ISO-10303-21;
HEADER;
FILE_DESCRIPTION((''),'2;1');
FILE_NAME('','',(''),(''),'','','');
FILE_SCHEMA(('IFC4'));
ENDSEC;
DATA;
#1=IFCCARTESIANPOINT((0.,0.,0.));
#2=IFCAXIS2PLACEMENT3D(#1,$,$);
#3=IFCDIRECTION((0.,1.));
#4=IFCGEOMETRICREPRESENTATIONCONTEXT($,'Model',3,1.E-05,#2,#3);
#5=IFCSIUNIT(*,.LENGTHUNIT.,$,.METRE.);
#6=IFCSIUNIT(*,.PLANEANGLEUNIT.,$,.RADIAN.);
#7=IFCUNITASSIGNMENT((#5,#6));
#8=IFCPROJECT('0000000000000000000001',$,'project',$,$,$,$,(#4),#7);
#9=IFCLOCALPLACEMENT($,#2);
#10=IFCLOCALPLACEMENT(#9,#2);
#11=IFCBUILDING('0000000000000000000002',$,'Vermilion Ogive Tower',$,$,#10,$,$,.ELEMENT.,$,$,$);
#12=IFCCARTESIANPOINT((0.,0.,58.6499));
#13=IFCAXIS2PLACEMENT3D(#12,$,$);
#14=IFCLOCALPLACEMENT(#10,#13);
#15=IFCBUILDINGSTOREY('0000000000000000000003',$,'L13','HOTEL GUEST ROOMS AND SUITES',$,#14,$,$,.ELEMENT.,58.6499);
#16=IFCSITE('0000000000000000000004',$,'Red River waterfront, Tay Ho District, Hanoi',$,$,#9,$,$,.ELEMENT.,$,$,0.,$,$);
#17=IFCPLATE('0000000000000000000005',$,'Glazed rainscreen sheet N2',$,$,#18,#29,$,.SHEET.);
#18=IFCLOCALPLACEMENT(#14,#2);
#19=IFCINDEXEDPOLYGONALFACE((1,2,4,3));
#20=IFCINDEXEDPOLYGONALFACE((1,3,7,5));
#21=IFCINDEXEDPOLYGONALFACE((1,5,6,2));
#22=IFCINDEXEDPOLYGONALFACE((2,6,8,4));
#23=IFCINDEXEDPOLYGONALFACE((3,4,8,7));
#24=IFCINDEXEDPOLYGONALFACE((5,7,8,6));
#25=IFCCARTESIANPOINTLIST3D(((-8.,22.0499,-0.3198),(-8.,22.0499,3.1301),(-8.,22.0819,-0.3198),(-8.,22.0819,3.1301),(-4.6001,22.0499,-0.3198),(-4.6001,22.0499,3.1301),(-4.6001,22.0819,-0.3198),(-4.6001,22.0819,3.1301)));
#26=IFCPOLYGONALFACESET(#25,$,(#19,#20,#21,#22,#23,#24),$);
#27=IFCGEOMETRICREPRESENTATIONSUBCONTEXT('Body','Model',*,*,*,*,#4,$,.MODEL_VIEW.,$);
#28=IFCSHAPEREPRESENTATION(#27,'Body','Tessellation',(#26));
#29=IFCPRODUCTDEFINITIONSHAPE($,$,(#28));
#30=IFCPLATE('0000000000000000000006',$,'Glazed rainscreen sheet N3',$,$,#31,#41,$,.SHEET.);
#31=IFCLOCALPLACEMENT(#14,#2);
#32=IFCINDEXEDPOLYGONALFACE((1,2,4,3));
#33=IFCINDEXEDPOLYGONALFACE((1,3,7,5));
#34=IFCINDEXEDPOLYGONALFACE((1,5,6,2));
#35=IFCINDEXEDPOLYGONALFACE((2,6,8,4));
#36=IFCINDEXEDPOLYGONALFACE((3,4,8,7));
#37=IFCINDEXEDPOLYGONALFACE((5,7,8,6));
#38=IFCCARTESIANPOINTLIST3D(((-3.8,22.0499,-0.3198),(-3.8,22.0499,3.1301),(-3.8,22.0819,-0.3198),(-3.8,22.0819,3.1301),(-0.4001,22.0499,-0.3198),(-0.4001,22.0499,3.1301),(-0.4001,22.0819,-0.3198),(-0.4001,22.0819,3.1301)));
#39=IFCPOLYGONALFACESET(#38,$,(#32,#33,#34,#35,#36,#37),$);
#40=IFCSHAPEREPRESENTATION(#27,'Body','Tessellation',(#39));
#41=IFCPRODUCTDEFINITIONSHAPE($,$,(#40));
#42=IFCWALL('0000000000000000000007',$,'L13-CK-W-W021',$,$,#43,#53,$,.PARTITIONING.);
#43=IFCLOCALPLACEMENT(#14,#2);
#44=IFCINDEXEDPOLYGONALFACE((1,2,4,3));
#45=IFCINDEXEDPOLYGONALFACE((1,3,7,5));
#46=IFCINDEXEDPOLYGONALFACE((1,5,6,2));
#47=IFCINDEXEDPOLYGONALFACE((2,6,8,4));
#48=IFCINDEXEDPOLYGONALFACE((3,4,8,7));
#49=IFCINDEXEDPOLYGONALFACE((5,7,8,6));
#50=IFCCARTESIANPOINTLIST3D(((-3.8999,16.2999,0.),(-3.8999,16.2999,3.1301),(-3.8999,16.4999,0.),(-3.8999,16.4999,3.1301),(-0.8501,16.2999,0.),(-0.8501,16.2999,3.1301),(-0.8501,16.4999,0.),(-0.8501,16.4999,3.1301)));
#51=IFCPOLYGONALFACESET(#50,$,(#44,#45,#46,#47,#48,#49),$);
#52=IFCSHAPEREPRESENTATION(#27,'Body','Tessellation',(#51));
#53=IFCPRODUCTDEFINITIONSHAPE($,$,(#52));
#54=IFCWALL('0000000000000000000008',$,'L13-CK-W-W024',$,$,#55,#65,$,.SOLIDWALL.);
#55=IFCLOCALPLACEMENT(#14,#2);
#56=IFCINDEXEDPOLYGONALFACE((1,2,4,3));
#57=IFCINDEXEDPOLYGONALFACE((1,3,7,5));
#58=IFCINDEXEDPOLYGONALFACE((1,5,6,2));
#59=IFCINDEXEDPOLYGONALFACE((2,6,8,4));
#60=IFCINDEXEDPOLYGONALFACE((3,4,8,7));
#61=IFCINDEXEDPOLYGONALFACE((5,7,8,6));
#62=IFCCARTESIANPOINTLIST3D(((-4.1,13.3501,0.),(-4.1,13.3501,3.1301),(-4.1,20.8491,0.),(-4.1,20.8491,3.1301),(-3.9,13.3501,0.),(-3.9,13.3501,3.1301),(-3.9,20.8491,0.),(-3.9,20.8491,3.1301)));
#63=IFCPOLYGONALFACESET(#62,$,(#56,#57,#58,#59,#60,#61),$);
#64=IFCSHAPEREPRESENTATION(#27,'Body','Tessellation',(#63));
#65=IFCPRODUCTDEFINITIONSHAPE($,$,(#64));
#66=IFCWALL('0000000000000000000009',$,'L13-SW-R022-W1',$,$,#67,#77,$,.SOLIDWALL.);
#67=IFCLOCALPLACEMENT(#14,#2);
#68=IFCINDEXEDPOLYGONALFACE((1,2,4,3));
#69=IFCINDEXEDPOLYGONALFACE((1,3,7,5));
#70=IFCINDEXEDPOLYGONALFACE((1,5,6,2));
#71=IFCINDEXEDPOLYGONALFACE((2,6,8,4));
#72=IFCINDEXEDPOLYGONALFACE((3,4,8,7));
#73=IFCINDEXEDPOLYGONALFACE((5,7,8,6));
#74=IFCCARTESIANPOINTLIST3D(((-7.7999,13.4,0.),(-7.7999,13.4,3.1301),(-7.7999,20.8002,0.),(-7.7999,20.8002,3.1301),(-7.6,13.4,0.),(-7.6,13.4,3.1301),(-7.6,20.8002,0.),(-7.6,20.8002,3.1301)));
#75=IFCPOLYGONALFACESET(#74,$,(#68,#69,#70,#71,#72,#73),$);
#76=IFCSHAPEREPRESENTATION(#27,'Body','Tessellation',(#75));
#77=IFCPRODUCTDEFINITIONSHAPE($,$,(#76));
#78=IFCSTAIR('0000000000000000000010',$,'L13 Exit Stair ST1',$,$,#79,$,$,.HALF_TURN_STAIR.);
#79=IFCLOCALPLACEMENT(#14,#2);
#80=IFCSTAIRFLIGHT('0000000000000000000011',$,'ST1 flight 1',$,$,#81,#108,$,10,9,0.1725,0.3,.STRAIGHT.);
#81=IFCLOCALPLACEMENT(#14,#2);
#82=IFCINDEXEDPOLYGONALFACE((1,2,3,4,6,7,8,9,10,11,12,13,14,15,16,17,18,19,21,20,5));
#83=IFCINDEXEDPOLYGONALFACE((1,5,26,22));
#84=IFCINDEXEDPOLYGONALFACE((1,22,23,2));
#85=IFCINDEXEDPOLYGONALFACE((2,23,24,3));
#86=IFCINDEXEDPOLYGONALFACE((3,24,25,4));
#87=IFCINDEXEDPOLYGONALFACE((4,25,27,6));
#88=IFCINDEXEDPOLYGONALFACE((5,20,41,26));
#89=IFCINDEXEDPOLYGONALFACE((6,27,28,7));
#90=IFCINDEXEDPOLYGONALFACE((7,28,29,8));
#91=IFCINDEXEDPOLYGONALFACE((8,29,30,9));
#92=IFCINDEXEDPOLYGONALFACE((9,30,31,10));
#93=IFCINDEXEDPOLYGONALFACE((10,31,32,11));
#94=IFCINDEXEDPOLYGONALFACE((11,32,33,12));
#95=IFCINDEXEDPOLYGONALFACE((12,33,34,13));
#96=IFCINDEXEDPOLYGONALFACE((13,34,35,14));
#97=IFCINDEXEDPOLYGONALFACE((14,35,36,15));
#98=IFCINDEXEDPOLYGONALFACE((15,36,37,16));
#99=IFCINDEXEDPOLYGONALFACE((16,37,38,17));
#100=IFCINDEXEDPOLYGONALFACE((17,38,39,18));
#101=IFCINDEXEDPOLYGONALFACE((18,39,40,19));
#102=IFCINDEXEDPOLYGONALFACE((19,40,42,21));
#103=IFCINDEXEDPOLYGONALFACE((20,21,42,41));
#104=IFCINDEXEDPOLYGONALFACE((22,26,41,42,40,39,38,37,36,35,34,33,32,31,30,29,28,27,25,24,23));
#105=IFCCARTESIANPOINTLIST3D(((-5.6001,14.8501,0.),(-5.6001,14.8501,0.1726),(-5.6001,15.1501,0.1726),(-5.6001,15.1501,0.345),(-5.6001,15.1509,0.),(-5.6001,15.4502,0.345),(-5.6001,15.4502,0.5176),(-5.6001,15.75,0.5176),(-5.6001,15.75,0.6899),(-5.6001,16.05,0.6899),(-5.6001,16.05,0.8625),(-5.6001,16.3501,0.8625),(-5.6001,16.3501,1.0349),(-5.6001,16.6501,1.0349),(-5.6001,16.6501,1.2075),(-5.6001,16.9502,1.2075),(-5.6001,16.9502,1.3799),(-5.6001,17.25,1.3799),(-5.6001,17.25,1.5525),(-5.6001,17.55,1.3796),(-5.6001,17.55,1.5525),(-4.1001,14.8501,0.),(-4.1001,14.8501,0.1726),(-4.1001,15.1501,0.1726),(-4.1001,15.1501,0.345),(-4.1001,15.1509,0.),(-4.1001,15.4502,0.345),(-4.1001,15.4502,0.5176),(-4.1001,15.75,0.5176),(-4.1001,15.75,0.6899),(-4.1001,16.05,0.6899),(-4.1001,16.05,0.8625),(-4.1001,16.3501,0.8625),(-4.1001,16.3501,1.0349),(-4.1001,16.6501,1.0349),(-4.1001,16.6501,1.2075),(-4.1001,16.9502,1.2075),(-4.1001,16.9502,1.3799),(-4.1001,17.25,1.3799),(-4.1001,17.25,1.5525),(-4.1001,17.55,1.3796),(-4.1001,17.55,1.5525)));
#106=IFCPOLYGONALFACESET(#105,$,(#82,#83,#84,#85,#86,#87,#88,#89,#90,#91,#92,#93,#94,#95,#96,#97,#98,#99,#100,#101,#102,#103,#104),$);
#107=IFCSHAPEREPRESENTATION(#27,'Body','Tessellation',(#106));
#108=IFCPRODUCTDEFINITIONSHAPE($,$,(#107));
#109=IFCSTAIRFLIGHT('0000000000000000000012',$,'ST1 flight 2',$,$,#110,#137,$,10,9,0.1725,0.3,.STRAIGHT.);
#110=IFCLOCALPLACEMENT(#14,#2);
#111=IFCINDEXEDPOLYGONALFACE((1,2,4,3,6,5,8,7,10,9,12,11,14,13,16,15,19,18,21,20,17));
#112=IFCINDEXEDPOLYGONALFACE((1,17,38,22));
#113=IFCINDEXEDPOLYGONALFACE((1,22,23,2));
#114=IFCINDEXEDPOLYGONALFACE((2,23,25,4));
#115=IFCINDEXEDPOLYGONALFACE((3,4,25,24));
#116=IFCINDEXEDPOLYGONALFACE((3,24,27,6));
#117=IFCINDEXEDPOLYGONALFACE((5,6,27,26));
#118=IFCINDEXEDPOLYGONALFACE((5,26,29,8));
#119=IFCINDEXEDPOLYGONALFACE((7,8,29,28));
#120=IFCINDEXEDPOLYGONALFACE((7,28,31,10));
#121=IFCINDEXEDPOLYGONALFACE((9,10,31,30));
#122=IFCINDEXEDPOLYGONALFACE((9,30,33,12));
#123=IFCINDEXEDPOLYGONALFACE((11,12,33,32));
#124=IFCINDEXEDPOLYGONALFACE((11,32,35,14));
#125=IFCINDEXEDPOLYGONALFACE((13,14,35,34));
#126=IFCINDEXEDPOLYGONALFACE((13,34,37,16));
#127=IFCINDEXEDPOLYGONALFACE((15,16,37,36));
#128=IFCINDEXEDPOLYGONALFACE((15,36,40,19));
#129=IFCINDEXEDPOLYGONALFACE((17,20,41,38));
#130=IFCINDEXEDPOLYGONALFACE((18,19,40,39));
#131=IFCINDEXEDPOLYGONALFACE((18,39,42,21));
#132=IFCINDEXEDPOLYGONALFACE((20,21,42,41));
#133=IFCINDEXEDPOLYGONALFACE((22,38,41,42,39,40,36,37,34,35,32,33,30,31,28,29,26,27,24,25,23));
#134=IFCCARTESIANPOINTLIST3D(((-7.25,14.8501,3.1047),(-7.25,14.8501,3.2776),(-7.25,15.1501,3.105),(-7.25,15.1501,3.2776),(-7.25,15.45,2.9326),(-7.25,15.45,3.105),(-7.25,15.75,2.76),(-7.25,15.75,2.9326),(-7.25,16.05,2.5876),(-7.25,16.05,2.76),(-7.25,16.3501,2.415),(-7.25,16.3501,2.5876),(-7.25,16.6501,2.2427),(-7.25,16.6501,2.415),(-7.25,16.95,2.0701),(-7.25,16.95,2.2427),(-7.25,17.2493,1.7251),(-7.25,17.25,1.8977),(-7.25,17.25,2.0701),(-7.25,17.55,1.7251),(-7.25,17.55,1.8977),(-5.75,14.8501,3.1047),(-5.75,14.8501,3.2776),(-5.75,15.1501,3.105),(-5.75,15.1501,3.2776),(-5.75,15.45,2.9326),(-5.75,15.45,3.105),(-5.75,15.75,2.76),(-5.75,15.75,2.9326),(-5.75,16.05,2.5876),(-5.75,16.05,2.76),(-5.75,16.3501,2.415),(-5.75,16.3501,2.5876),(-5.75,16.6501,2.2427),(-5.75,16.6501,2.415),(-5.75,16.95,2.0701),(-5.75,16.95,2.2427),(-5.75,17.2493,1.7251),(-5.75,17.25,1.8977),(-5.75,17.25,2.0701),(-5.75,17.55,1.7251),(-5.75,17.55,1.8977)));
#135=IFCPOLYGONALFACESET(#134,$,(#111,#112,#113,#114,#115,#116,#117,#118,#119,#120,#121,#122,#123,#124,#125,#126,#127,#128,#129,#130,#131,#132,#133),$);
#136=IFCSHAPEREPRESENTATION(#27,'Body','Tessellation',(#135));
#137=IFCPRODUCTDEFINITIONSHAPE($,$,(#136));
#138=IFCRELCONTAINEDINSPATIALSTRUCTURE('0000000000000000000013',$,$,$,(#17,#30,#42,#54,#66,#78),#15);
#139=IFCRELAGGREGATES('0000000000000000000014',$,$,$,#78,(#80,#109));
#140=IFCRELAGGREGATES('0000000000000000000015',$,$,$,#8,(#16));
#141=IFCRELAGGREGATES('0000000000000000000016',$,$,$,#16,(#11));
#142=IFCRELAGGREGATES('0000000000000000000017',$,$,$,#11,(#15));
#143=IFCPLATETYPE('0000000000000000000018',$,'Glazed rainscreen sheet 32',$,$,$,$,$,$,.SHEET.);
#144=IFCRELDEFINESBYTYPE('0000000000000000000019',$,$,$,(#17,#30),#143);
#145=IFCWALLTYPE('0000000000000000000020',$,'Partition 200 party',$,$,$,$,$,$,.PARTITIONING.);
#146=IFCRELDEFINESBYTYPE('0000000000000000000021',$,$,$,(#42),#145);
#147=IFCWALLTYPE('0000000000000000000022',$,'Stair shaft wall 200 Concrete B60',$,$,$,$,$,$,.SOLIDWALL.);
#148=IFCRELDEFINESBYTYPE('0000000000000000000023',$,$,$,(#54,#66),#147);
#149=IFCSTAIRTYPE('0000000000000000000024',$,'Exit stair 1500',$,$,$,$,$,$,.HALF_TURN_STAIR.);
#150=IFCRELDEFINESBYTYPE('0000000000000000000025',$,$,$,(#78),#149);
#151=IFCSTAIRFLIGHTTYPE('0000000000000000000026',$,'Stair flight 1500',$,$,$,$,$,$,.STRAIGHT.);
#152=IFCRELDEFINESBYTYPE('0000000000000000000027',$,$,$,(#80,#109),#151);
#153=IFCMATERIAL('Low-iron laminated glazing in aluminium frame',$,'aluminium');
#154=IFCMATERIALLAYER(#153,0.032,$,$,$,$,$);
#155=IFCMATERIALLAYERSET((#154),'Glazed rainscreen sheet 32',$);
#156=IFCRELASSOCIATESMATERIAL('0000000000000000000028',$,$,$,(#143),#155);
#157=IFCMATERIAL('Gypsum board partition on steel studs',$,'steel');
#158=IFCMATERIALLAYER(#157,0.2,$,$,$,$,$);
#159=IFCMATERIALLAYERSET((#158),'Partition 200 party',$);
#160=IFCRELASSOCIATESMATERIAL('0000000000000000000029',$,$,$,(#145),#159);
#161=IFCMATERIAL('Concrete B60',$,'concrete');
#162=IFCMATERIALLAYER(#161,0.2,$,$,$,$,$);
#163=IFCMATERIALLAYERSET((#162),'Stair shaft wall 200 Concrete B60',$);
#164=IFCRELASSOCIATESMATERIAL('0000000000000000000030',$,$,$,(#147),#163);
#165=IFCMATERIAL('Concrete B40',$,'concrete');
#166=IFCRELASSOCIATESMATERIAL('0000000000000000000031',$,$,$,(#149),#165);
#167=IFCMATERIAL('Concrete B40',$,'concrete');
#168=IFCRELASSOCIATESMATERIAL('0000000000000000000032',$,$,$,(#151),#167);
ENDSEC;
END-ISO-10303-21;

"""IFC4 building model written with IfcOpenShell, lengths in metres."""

from ifc_helpers import new_model, si_unit, direction, frame, frame_2d, origin, origin_2d, place, context, subcontext, project, spatial, polyline, rectangle, outline, extrude, material, layer, layer_set, type_object, element, aggregate, save


model = new_model("IFC4")

# Units and contexts
model_context = context("Model", 3, precision=1e-05, world=origin(), true_north=direction((0.0, 1.0)))
body_context = subcontext(model_context, "Body", "Model", "MODEL_VIEW")
ifc_project = project(units=[si_unit("LENGTHUNIT", "METRE"), si_unit("PLANEANGLEUNIT", "RADIAN")], contexts=[model_context])

# Site, building, storey
site_placement = place(None, origin())
site = spatial("IfcSite", under=ifc_project, at=site_placement, Name="Red River waterfront, Tay Ho District, Hanoi", CompositionType="ELEMENT", RefElevation=0.0)
building_placement = place(site_placement, origin())
building = spatial("IfcBuilding", under=site, at=building_placement, Name="Vermilion Ogive Tower", CompositionType="ELEMENT")
storey_placement = place(building_placement, frame((0.0, 0.0, 58.6499)))
storey = spatial("IfcBuildingStorey", under=building, at=storey_placement, Name="L13", Description="HOTEL GUEST ROOMS AND SUITES", CompositionType="ELEMENT", Elevation=58.6499)

# Plates
ifc_material_1 = material(Name="Low-iron laminated glazing in aluminium frame", Category="aluminium")
ifc_layer_1 = layer(ifc_material_1, 0.032)
ifc_layer_set_1 = layer_set([ifc_layer_1], Name="Glazed rainscreen sheet 32")
plate_type = type_object("IfcPlateType", Name="Glazed rainscreen sheet 32", PredefinedType="SHEET", material=ifc_layer_set_1)
for number, where, z_axis, x_axis, name in (
    (1, (-6.3, 22.0659, -0.3198), (0.0, 0.0, 1.0), (1.0, 0.0, 0.0), "Glazed rainscreen sheet N2"),
    (2, (-2.1001, 22.0659, -0.3198), (0.0, 0.0, 1.0), (1.0, 0.0, 0.0), "Glazed rainscreen sheet N3"),
):
    element("IfcPlate", number, at=place(storey_placement, frame(where, z_axis=z_axis, x_axis=x_axis)), inside=storey, type_object=plate_type, Name=name, PredefinedType="SHEET", context=body_context, shape_type="SweptSolid", body=[
        extrude(rectangle(XDim=3.3999, YDim=0.032, at=origin_2d()), origin(), (0.0, 0.0, 1.0), 3.45),
    ])

# Walls
ifc_material_2 = material(Name="Gypsum board partition on steel studs", Category="steel")
ifc_layer_2 = layer(ifc_material_2, 0.2)
ifc_layer_set_2 = layer_set([ifc_layer_2], Name="Partition 200 party")
wall_type_1 = type_object("IfcWallType", Name="Partition 200 party", PredefinedType="PARTITIONING", material=ifc_layer_set_2)
wall_1_placement = place(storey_placement, frame((-3.8999, 16.3999, 0.0), z_axis=(0.0, 0.0, 1.0), x_axis=(1.0, 0.0, 0.0)))
element("IfcWall", 3, at=wall_1_placement, inside=storey, type_object=wall_type_1, Name="L13-CK-W-W021", PredefinedType="PARTITIONING", context=body_context, shape_type="SweptSolid", body=[
    extrude(rectangle(XDim=3.0498, YDim=0.2, at=frame_2d((1.5249, 0.0))), origin(), (0.0, 0.0, 1.0), 3.1301),
])
ifc_material_3 = material(Name="Concrete B60", Category="concrete")
ifc_layer_3 = layer(ifc_material_3, 0.2)
ifc_layer_set_3 = layer_set([ifc_layer_3], Name="Stair shaft wall 200 Concrete B60")
wall_type_2 = type_object("IfcWallType", Name="Stair shaft wall 200 Concrete B60", PredefinedType="SOLIDWALL", material=ifc_layer_set_3)
wall_2_placement = place(storey_placement, frame((-4.0, 13.3501, 0.0), z_axis=(0.0, 0.0, 1.0), x_axis=(0.0, 1.0, 0.0)))
element("IfcWall", 4, at=wall_2_placement, inside=storey, type_object=wall_type_2, Name="L13-CK-W-W024", PredefinedType="SOLIDWALL", context=body_context, shape_type="SweptSolid", body=[
    extrude(rectangle(XDim=7.499, YDim=0.2, at=frame_2d((3.7495, 0.0))), origin(), (0.0, 0.0, 1.0), 3.1301),
])
wall_3_placement = place(storey_placement, frame((-7.7, 13.3999, 0.0), z_axis=(0.0, 0.0, 1.0), x_axis=(0.0, 1.0, 0.0)))
element("IfcWall", 5, at=wall_3_placement, inside=storey, type_object=wall_type_2, Name="L13-SW-R022-W1", PredefinedType="SOLIDWALL", context=body_context, shape_type="SweptSolid", body=[
    extrude(rectangle(XDim=7.4001, YDim=0.2, at=frame_2d((3.7002, 0.0))), origin(), (0.0, 0.0, 1.0), 3.1301),
])

# Stair, stair flights
ifc_material_4 = material(Name="Concrete B40", Category="concrete")
stair_type = type_object("IfcStairType", Name="Exit stair 1500", PredefinedType="HALF_TURN_STAIR", material=ifc_material_4)
stair_placement = place(storey_placement, origin())
stair = element("IfcStair", 6, at=stair_placement, inside=storey, type_object=stair_type, Name="L13 Exit Stair ST1", PredefinedType="HALF_TURN_STAIR")
ifc_material_5 = material(Name="Concrete B40", Category="concrete")
stair_flight_type = type_object("IfcStairFlightType", Name="Stair flight 1500", PredefinedType="STRAIGHT", material=ifc_material_5)
stair_flight_1_placement = place(storey_placement, frame((-4.8501, 14.8501, 0.0), z_axis=(0.0, 0.0, 1.0), x_axis=(0.0, 1.0, 0.0)))
stair_flight_1 = element("IfcStairFlight", 7, at=stair_flight_1_placement, type_object=stair_flight_type, Name="ST1 flight 1", NumberOfRisers=10, NumberOfTreads=9, PredefinedType="STRAIGHT", RiserHeight=0.1725, TreadLength=0.3, context=body_context, shape_type="SweptSolid", body=[
    extrude(outline(polyline([(0.0, 0.0), (0.0, 0.1726), (0.3, 0.1726), (0.3, 0.345), (0.6001, 0.345), (0.6001, 0.5176), (0.8999, 0.5176), (0.8999, 0.6899), (1.2, 0.6899), (1.2, 0.8625), (1.5, 0.8625), (1.5, 1.0349), (1.8, 1.0349), (1.8, 1.2075), (2.1001, 1.2075), (2.1001, 1.3799), (2.3999, 1.3799), (2.3999, 1.5525), (2.7, 1.5525), (2.7, 1.7251), (2.7, 1.3796), (0.3008, 0.0), (0.0, 0.0)])), frame((0.0, 0.75, 0.0), z_axis=(0.0, -1.0, 0.0), x_axis=(1.0, 0.0, 0.0)), (0.0, 0.0, 1.0), 1.5),
])
stair_flight_2_placement = place(storey_placement, frame((-6.5, 17.55, 1.7251), z_axis=(0.0, 0.0, 1.0), x_axis=(0.0, -1.0, 0.0)))
stair_flight_2 = element("IfcStairFlight", 8, at=stair_flight_2_placement, type_object=stair_flight_type, Name="ST1 flight 2", NumberOfRisers=10, NumberOfTreads=9, PredefinedType="STRAIGHT", RiserHeight=0.1725, TreadLength=0.3, context=body_context, shape_type="SweptSolid", body=[
    extrude(outline(polyline([(0.0, 0.0), (0.0, 0.1726), (0.3, 0.1726), (0.3, 0.345), (0.6001, 0.345), (0.6001, 0.5176), (0.8999, 0.5176), (0.8999, 0.6899), (1.2, 0.6899), (1.2, 0.8625), (1.5, 0.8625), (1.5, 1.0349), (1.8, 1.0349), (1.8, 1.2075), (2.1001, 1.2075), (2.1001, 1.3799), (2.3999, 1.3799), (2.3999, 1.5525), (2.7, 1.5525), (2.7, 1.7251), (2.7, 1.3796), (0.3008, 0.0), (0.0, 0.0)])), frame((0.0, 0.75, 0.0), z_axis=(0.0, -1.0, 0.0), x_axis=(1.0, 0.0, 0.0)), (0.0, 0.0, 1.0), 1.5),
])
aggregate(stair, [stair_flight_1, stair_flight_2])

save(model, "model.ifc")
